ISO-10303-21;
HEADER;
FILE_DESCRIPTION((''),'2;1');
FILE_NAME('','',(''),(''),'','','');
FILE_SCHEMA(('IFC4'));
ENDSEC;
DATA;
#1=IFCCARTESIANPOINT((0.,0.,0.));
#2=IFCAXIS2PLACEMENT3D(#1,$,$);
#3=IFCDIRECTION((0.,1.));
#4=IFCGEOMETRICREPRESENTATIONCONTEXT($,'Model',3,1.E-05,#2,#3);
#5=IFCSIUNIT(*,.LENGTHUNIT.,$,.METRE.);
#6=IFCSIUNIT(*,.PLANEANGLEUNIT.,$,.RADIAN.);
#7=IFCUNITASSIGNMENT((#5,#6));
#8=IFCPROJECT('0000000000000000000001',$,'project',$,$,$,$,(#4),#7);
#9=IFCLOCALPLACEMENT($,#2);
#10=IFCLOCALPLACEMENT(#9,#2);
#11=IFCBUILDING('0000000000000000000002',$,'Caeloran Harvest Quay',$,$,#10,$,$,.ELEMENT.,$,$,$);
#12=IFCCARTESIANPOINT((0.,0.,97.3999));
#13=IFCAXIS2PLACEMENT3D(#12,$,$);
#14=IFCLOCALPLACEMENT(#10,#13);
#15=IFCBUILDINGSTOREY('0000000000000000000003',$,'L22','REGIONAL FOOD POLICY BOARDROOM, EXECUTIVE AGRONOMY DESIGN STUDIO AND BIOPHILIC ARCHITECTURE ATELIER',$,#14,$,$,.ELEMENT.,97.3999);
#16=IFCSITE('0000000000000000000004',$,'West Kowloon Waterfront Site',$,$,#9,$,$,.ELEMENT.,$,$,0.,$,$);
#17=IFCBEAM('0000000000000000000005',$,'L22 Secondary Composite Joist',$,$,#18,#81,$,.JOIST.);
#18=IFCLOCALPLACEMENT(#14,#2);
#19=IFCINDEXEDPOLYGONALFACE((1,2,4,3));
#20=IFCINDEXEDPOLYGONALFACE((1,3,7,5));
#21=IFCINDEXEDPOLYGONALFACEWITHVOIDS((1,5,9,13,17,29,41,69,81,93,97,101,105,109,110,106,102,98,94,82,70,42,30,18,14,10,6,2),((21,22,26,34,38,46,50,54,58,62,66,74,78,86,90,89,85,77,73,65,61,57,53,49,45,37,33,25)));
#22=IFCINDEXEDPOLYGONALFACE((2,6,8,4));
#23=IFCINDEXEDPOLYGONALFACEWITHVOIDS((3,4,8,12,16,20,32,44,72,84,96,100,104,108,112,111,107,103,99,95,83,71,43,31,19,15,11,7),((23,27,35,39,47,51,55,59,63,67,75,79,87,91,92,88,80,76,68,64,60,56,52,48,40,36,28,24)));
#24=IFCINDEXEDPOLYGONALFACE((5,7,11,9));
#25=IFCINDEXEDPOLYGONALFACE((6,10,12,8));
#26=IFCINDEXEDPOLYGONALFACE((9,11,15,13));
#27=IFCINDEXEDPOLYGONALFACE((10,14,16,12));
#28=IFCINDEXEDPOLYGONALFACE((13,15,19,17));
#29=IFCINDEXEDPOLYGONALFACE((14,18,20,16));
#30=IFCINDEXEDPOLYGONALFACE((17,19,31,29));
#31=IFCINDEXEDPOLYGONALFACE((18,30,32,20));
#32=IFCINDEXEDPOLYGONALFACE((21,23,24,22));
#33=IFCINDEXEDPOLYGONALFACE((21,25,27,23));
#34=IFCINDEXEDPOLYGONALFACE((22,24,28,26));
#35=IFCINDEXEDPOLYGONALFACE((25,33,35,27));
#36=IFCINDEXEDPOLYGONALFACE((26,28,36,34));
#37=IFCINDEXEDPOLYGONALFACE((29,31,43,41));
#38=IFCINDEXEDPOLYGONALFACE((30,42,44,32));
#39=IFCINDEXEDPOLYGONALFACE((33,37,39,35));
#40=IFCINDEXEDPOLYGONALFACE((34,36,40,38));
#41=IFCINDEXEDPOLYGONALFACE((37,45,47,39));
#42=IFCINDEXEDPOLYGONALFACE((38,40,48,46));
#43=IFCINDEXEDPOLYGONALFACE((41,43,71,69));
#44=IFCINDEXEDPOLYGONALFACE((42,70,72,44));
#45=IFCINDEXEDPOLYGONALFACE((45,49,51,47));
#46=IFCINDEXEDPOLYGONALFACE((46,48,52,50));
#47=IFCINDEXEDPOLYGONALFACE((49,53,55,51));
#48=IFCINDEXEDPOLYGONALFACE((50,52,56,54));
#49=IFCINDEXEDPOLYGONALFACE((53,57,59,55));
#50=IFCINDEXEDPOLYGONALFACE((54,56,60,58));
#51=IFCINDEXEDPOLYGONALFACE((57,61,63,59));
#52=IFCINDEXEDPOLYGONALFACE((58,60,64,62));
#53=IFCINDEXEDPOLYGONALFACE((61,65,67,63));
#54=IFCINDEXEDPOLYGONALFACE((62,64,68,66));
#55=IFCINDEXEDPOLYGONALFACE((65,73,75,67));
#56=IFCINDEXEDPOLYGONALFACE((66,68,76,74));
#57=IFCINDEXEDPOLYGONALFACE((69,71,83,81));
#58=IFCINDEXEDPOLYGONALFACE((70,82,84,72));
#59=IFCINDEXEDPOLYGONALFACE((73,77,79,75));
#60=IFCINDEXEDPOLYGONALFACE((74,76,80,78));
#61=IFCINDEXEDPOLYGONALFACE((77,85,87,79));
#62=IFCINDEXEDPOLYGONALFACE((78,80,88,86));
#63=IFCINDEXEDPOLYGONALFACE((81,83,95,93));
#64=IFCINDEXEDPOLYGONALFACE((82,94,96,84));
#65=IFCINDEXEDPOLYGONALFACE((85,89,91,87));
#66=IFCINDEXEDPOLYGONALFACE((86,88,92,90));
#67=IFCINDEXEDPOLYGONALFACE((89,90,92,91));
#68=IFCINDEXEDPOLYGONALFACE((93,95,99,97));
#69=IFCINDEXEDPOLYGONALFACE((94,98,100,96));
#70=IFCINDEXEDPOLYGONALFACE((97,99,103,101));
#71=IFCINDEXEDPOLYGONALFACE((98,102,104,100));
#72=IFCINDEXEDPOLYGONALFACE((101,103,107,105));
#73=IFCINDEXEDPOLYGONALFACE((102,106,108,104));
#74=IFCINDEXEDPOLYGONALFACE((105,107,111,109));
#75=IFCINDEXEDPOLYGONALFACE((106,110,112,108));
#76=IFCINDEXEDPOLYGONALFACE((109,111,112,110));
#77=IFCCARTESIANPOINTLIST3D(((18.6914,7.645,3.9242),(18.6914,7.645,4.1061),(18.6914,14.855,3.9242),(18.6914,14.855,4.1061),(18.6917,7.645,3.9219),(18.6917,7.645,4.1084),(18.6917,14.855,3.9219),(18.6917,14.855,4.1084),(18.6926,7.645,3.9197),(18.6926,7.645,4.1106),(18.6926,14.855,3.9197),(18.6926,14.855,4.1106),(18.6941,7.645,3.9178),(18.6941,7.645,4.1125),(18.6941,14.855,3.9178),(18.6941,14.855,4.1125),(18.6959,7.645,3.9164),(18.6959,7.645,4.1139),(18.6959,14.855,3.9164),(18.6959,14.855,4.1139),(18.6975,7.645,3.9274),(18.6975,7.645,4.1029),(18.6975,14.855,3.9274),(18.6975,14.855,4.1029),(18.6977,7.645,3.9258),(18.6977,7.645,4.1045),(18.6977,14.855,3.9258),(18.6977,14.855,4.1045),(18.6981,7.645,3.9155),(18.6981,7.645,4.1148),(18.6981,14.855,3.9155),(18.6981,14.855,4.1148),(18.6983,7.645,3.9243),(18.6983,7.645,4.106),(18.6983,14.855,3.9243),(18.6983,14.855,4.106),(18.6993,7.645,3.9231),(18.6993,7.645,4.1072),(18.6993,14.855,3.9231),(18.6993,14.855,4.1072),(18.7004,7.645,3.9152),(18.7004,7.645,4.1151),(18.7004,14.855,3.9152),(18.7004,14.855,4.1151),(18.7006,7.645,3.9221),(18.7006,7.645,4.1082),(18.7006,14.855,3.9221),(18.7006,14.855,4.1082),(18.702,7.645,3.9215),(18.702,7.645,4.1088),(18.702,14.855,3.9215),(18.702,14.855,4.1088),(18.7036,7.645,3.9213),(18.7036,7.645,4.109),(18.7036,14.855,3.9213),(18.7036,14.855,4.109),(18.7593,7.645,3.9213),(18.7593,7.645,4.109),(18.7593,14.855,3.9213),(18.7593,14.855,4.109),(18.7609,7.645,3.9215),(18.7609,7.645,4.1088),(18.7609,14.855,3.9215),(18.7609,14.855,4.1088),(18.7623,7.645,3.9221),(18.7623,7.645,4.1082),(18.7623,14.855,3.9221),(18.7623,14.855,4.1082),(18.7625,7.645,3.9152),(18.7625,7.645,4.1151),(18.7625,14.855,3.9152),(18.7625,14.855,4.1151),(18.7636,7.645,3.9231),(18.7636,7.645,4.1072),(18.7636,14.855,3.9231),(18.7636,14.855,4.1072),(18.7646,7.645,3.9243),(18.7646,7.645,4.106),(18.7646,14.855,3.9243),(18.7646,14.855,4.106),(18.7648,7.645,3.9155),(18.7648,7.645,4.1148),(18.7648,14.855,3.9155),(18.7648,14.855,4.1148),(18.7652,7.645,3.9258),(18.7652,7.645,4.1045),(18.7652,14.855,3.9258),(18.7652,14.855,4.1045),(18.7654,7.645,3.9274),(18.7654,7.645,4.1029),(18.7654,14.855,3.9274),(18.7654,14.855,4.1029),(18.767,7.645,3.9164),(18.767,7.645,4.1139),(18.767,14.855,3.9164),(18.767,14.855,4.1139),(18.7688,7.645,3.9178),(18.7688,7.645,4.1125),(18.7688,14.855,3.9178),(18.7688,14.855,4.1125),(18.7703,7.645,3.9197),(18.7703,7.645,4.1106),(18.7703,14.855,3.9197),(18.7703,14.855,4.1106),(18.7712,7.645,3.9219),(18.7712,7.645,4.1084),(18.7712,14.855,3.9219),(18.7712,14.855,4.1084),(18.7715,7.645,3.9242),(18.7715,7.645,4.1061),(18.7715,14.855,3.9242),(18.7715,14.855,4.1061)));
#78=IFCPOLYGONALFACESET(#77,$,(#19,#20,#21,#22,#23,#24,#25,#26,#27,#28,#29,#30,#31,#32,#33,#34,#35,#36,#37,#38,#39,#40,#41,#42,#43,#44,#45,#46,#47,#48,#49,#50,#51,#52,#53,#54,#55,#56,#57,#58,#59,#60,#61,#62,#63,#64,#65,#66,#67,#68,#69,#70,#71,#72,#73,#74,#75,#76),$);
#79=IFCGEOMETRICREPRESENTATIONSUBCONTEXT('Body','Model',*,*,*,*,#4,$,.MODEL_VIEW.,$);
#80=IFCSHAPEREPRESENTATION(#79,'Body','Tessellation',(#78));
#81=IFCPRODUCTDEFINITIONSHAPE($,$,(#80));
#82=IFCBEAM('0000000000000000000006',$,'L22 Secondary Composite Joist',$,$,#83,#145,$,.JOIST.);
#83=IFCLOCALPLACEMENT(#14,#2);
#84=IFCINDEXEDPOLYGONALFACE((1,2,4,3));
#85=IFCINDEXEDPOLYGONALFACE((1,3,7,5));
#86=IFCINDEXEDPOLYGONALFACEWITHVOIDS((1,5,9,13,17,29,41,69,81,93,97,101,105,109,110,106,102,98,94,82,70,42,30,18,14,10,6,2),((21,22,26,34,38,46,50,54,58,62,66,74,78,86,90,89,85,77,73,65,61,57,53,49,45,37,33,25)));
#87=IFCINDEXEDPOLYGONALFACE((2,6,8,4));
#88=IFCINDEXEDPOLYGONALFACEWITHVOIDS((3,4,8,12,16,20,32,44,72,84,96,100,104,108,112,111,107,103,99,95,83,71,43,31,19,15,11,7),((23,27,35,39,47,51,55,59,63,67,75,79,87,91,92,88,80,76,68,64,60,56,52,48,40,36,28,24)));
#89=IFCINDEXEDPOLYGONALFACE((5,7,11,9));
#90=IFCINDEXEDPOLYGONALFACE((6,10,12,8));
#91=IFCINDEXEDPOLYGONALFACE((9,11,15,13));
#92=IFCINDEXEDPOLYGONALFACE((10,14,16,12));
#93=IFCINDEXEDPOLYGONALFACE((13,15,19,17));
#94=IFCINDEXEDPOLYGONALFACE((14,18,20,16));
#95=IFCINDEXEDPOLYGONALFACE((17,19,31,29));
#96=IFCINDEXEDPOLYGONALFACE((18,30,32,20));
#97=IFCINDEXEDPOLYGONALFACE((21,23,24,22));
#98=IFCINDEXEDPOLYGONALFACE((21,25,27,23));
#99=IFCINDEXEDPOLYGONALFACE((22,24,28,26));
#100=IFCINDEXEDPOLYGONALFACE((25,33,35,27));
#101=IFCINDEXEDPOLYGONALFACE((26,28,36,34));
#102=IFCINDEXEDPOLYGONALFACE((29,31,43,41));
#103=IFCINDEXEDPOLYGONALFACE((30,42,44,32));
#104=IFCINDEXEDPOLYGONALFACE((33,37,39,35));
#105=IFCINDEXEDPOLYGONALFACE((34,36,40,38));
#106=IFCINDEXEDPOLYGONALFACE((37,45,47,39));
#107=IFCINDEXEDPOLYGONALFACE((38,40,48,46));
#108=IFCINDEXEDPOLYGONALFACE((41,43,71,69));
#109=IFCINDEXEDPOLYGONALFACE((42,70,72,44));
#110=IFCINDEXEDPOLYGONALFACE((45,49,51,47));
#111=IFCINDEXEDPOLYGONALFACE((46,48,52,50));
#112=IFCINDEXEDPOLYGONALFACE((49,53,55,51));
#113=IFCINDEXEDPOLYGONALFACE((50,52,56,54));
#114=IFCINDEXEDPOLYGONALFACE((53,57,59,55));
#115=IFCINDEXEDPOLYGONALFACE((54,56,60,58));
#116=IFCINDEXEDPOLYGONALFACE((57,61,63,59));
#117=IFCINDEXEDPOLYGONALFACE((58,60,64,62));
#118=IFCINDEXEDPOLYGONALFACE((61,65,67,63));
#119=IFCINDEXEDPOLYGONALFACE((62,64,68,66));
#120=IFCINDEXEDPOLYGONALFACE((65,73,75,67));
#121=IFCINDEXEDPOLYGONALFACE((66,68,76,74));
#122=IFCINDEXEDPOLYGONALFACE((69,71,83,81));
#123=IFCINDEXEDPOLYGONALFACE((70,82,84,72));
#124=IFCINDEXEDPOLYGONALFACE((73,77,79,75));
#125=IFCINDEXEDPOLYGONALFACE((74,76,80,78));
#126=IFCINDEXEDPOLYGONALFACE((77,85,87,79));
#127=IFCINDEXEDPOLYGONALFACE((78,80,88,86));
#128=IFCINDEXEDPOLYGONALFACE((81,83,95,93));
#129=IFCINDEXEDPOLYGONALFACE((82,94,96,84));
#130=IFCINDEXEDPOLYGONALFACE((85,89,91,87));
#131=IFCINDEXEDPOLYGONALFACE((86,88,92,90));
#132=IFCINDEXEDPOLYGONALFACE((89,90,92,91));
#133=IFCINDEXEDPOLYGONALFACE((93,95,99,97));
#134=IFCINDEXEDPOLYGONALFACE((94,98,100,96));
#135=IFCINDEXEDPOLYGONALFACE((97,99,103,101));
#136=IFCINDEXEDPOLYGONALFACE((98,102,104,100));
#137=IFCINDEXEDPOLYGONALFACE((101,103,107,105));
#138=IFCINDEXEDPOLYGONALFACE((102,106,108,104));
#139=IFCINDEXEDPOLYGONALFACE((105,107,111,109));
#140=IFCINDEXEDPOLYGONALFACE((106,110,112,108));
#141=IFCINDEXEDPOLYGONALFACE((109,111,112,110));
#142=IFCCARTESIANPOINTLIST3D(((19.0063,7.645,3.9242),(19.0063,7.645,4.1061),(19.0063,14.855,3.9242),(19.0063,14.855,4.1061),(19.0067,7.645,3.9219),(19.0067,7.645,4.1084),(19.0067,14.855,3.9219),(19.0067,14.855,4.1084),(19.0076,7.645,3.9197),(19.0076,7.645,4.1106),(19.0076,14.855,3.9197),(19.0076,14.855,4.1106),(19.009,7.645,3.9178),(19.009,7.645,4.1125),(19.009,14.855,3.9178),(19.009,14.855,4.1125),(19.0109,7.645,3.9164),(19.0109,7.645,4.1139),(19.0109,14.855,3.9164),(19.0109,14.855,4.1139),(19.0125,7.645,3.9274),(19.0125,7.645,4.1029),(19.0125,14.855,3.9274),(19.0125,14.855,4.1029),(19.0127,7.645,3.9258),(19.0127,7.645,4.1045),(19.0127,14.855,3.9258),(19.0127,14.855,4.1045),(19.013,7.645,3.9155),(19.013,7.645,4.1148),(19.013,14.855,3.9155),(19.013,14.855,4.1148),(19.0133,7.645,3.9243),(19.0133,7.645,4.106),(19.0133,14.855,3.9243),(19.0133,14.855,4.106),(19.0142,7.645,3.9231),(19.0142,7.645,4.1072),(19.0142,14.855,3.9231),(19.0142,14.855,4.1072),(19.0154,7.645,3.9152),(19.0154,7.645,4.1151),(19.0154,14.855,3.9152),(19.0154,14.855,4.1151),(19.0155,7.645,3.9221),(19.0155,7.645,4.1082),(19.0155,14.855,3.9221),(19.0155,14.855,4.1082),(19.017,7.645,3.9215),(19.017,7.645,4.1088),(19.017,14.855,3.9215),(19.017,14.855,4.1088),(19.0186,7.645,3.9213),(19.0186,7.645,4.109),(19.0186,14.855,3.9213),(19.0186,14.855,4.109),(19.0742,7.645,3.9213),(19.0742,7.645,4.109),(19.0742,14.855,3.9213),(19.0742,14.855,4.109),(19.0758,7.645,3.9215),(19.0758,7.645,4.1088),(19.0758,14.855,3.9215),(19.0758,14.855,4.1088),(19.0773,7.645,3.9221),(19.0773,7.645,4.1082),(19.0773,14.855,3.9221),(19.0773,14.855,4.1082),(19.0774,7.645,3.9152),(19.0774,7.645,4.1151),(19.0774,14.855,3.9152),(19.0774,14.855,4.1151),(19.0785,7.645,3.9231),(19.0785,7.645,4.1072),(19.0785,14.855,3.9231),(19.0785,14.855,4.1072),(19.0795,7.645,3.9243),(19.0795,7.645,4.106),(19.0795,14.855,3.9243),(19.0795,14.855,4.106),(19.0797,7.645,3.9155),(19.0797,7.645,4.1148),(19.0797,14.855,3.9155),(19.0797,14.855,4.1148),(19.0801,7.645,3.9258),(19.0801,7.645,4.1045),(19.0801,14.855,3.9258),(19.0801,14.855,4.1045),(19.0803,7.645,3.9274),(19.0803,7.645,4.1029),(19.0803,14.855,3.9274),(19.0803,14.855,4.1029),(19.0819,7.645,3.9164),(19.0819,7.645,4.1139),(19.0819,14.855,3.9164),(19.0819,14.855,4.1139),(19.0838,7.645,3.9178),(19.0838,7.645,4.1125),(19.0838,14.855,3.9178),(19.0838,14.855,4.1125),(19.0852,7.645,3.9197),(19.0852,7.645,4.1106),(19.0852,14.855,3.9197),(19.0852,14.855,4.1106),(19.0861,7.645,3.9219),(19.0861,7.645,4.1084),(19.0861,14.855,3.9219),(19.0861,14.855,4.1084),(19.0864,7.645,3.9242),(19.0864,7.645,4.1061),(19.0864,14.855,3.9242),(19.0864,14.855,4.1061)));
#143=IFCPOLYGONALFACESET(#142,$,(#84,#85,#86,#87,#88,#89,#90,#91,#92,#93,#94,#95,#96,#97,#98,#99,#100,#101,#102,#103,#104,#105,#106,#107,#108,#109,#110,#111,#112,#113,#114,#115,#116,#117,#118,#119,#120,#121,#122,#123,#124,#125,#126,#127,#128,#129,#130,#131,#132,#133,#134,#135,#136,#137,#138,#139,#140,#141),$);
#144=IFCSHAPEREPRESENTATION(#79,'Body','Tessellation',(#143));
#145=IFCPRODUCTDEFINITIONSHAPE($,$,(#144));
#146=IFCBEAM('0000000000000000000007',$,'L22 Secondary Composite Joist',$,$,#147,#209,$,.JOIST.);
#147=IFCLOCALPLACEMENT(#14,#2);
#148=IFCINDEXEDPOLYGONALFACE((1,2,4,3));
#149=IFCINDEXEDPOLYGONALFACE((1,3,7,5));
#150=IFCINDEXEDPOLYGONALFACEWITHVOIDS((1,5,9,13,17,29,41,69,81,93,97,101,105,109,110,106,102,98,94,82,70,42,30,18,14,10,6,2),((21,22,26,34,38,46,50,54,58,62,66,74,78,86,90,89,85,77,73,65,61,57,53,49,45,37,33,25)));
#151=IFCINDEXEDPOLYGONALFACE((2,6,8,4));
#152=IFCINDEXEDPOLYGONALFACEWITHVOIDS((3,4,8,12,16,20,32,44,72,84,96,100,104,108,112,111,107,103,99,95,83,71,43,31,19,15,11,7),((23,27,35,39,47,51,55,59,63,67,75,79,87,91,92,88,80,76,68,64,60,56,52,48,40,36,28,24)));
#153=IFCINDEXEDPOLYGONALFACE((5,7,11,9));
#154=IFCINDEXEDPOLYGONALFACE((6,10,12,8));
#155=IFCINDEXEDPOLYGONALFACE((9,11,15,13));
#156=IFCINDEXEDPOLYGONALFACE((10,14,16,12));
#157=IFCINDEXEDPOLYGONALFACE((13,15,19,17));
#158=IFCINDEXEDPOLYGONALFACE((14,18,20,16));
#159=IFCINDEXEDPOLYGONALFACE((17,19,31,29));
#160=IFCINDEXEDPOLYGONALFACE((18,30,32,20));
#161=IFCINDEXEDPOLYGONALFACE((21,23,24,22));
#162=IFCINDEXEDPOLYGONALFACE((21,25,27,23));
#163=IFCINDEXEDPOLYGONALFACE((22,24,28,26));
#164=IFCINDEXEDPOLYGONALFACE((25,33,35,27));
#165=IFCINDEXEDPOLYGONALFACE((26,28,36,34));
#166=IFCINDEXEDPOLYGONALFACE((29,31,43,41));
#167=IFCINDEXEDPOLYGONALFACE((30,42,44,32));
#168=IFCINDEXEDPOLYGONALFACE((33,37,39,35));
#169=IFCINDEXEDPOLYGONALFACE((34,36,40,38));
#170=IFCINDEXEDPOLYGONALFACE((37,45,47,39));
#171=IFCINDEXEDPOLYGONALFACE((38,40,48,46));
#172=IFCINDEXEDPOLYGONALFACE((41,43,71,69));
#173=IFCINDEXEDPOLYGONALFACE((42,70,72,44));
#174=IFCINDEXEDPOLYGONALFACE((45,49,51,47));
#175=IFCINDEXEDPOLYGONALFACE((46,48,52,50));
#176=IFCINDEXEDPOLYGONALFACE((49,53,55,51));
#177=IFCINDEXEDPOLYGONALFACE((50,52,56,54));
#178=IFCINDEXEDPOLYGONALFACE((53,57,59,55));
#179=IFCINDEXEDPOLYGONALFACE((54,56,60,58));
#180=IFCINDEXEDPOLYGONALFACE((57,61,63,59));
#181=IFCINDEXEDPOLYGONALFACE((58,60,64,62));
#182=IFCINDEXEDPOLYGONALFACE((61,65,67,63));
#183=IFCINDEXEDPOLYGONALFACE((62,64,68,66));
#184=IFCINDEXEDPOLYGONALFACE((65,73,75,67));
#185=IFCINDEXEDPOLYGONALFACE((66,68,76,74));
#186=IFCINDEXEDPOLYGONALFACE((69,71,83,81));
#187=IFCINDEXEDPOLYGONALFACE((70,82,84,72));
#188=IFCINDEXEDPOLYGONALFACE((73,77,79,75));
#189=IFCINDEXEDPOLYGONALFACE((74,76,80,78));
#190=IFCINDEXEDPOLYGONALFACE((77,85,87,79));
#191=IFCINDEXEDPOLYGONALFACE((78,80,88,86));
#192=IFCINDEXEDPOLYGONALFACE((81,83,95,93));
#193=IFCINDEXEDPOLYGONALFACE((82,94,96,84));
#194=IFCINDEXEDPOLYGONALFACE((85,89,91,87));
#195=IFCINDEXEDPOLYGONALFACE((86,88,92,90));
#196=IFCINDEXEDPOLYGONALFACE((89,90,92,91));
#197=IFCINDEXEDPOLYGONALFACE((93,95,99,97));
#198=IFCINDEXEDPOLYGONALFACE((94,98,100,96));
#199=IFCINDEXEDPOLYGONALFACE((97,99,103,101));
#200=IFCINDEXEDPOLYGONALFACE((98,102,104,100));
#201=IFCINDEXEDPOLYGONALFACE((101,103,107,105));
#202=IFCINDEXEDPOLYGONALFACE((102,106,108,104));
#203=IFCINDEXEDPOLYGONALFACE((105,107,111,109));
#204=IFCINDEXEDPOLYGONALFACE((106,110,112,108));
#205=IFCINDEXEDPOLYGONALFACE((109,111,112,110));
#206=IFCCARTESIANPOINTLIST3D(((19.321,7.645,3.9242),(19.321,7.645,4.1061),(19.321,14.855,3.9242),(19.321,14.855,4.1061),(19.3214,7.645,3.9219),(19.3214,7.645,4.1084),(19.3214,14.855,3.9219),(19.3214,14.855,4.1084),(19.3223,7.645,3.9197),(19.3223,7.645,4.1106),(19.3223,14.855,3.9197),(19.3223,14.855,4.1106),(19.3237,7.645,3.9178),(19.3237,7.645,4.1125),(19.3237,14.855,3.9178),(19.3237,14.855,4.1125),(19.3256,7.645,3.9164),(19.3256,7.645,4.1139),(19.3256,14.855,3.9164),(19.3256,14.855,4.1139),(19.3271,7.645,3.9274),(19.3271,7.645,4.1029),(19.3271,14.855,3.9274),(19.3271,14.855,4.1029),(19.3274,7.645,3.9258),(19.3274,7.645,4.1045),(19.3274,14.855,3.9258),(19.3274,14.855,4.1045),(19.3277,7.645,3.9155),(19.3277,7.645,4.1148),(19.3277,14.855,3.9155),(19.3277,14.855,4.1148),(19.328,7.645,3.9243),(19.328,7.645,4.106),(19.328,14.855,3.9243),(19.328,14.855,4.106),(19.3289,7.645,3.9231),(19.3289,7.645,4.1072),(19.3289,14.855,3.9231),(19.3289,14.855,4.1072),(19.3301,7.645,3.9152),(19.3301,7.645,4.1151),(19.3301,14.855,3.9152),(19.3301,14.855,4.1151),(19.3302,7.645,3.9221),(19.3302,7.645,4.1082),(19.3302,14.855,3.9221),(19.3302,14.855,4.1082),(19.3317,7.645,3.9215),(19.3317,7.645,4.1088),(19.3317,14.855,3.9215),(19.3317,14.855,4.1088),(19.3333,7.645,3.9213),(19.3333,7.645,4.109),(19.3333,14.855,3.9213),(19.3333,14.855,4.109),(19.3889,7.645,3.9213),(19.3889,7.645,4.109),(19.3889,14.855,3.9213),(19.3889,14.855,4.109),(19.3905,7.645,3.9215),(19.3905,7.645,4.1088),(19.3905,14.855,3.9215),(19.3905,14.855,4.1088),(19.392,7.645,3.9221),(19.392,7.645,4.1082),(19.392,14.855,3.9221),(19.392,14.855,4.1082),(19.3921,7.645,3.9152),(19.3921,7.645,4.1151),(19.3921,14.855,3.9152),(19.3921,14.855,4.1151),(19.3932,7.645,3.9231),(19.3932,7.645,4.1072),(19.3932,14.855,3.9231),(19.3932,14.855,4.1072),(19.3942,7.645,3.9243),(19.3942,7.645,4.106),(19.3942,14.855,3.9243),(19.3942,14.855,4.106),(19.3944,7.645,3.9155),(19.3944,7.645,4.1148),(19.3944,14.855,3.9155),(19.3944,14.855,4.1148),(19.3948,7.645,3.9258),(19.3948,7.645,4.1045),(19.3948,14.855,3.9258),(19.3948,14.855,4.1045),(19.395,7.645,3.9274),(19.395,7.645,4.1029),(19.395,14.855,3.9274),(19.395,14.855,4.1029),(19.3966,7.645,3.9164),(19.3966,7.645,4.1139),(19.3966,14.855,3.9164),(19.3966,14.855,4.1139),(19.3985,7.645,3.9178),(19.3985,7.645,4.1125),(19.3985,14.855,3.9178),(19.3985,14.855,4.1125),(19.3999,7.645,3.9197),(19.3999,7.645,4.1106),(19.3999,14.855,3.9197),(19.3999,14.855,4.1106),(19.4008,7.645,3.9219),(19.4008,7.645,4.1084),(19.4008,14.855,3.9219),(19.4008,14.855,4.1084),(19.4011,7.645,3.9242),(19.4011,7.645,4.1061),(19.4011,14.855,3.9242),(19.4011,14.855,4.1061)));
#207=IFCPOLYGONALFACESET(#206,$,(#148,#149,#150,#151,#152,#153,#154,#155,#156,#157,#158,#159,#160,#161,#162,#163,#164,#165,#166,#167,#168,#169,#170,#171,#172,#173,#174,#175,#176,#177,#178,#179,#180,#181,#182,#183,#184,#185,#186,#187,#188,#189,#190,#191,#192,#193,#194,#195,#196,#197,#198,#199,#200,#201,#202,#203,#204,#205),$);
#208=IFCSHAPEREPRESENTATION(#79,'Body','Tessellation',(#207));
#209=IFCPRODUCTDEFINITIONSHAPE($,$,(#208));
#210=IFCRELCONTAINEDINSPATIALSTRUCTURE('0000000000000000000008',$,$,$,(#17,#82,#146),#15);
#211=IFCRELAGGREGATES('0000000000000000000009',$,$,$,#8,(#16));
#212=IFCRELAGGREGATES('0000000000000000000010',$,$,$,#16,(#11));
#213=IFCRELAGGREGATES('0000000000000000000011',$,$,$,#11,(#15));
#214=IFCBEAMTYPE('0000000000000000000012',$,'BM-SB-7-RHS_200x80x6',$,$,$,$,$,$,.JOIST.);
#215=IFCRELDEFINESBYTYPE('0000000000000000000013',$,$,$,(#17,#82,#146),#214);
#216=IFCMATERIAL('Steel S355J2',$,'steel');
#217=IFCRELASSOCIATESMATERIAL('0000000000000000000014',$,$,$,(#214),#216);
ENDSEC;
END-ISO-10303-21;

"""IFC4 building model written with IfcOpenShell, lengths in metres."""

from ifc_helpers import new_model, si_unit, direction, frame, origin, origin_2d, place, context, subcontext, project, spatial, hollow_rectangle, extrude, material, material_profile, profile_set, type_object, element, save


model = new_model("IFC4")

# Units and contexts
model_context = context("Model", 3, precision=1e-05, world=origin(), true_north=direction((0.0, 1.0)))
body_context = subcontext(model_context, "Body", "Model", "MODEL_VIEW")
ifc_project = project(units=[si_unit("LENGTHUNIT", "METRE"), si_unit("PLANEANGLEUNIT", "RADIAN")], contexts=[model_context])

# Site, building, storey
site_placement = place(None, origin())
site = spatial("IfcSite", under=ifc_project, at=site_placement, Name="West Kowloon Waterfront Site", CompositionType="ELEMENT", RefElevation=0.0)
building_placement = place(site_placement, origin())
building = spatial("IfcBuilding", under=site, at=building_placement, Name="Caeloran Harvest Quay", CompositionType="ELEMENT")
storey_placement = place(building_placement, frame((0.0, 0.0, 97.3999)))
storey = spatial("IfcBuildingStorey", under=building, at=storey_placement, Name="L22", Description="REGIONAL FOOD POLICY BOARDROOM, EXECUTIVE AGRONOMY DESIGN STUDIO AND BIOPHILIC ARCHITECTURE ATELIER", CompositionType="ELEMENT", Elevation=97.3999)

# Beams
ifc_material = material(Name="Steel S355J2", Category="steel")
ifc_material_profile_1 = material_profile(ifc_material, hollow_rectangle(XDim=0.0801, YDim=0.2, WallThickness=0.0061, InnerFilletRadius=0.0061, OuterFilletRadius=0.009, at=origin_2d()), Name="RHS 200x80x6")
ifc_profile_set_1 = profile_set([ifc_material_profile_1], Name="Steel S355J2")
beam_type_1 = type_object("IfcBeamType", Name="BM-SB-7-RHS_200x80x6", PredefinedType="JOIST", material=ifc_profile_set_1)
for number, where, z_axis, x_axis, name in (
    (1, (18.7314, 7.645, 4.0151), (0.0, 1.0, 0.0), (-1.0, 0.0, 0.0), "L22 Secondary Composite Joist"),
    (2, (19.0464, 7.645, 4.0151), (0.0, 1.0, 0.0), (-1.0, 0.0, 0.0), "L22 Secondary Composite Joist"),
    (3, (19.3611, 7.645, 4.0151), (0.0, 1.0, 0.0), (-1.0, 0.0, 0.0), "L22 Secondary Composite Joist"),
):
    element("IfcBeam", number, at=place(storey_placement, frame(where, z_axis=z_axis, x_axis=x_axis)), inside=storey, type_object=beam_type_1, Name=name, PredefinedType="JOIST", context=body_context, shape_type="SweptSolid", body=[
        extrude(hollow_rectangle(XDim=0.0801, YDim=0.2, WallThickness=0.0061, InnerFilletRadius=0.0061, OuterFilletRadius=0.009, at=origin_2d()), origin(), (0.0, 0.0, 1.0), 7.21),
    ])

save(model, "model.ifc")
